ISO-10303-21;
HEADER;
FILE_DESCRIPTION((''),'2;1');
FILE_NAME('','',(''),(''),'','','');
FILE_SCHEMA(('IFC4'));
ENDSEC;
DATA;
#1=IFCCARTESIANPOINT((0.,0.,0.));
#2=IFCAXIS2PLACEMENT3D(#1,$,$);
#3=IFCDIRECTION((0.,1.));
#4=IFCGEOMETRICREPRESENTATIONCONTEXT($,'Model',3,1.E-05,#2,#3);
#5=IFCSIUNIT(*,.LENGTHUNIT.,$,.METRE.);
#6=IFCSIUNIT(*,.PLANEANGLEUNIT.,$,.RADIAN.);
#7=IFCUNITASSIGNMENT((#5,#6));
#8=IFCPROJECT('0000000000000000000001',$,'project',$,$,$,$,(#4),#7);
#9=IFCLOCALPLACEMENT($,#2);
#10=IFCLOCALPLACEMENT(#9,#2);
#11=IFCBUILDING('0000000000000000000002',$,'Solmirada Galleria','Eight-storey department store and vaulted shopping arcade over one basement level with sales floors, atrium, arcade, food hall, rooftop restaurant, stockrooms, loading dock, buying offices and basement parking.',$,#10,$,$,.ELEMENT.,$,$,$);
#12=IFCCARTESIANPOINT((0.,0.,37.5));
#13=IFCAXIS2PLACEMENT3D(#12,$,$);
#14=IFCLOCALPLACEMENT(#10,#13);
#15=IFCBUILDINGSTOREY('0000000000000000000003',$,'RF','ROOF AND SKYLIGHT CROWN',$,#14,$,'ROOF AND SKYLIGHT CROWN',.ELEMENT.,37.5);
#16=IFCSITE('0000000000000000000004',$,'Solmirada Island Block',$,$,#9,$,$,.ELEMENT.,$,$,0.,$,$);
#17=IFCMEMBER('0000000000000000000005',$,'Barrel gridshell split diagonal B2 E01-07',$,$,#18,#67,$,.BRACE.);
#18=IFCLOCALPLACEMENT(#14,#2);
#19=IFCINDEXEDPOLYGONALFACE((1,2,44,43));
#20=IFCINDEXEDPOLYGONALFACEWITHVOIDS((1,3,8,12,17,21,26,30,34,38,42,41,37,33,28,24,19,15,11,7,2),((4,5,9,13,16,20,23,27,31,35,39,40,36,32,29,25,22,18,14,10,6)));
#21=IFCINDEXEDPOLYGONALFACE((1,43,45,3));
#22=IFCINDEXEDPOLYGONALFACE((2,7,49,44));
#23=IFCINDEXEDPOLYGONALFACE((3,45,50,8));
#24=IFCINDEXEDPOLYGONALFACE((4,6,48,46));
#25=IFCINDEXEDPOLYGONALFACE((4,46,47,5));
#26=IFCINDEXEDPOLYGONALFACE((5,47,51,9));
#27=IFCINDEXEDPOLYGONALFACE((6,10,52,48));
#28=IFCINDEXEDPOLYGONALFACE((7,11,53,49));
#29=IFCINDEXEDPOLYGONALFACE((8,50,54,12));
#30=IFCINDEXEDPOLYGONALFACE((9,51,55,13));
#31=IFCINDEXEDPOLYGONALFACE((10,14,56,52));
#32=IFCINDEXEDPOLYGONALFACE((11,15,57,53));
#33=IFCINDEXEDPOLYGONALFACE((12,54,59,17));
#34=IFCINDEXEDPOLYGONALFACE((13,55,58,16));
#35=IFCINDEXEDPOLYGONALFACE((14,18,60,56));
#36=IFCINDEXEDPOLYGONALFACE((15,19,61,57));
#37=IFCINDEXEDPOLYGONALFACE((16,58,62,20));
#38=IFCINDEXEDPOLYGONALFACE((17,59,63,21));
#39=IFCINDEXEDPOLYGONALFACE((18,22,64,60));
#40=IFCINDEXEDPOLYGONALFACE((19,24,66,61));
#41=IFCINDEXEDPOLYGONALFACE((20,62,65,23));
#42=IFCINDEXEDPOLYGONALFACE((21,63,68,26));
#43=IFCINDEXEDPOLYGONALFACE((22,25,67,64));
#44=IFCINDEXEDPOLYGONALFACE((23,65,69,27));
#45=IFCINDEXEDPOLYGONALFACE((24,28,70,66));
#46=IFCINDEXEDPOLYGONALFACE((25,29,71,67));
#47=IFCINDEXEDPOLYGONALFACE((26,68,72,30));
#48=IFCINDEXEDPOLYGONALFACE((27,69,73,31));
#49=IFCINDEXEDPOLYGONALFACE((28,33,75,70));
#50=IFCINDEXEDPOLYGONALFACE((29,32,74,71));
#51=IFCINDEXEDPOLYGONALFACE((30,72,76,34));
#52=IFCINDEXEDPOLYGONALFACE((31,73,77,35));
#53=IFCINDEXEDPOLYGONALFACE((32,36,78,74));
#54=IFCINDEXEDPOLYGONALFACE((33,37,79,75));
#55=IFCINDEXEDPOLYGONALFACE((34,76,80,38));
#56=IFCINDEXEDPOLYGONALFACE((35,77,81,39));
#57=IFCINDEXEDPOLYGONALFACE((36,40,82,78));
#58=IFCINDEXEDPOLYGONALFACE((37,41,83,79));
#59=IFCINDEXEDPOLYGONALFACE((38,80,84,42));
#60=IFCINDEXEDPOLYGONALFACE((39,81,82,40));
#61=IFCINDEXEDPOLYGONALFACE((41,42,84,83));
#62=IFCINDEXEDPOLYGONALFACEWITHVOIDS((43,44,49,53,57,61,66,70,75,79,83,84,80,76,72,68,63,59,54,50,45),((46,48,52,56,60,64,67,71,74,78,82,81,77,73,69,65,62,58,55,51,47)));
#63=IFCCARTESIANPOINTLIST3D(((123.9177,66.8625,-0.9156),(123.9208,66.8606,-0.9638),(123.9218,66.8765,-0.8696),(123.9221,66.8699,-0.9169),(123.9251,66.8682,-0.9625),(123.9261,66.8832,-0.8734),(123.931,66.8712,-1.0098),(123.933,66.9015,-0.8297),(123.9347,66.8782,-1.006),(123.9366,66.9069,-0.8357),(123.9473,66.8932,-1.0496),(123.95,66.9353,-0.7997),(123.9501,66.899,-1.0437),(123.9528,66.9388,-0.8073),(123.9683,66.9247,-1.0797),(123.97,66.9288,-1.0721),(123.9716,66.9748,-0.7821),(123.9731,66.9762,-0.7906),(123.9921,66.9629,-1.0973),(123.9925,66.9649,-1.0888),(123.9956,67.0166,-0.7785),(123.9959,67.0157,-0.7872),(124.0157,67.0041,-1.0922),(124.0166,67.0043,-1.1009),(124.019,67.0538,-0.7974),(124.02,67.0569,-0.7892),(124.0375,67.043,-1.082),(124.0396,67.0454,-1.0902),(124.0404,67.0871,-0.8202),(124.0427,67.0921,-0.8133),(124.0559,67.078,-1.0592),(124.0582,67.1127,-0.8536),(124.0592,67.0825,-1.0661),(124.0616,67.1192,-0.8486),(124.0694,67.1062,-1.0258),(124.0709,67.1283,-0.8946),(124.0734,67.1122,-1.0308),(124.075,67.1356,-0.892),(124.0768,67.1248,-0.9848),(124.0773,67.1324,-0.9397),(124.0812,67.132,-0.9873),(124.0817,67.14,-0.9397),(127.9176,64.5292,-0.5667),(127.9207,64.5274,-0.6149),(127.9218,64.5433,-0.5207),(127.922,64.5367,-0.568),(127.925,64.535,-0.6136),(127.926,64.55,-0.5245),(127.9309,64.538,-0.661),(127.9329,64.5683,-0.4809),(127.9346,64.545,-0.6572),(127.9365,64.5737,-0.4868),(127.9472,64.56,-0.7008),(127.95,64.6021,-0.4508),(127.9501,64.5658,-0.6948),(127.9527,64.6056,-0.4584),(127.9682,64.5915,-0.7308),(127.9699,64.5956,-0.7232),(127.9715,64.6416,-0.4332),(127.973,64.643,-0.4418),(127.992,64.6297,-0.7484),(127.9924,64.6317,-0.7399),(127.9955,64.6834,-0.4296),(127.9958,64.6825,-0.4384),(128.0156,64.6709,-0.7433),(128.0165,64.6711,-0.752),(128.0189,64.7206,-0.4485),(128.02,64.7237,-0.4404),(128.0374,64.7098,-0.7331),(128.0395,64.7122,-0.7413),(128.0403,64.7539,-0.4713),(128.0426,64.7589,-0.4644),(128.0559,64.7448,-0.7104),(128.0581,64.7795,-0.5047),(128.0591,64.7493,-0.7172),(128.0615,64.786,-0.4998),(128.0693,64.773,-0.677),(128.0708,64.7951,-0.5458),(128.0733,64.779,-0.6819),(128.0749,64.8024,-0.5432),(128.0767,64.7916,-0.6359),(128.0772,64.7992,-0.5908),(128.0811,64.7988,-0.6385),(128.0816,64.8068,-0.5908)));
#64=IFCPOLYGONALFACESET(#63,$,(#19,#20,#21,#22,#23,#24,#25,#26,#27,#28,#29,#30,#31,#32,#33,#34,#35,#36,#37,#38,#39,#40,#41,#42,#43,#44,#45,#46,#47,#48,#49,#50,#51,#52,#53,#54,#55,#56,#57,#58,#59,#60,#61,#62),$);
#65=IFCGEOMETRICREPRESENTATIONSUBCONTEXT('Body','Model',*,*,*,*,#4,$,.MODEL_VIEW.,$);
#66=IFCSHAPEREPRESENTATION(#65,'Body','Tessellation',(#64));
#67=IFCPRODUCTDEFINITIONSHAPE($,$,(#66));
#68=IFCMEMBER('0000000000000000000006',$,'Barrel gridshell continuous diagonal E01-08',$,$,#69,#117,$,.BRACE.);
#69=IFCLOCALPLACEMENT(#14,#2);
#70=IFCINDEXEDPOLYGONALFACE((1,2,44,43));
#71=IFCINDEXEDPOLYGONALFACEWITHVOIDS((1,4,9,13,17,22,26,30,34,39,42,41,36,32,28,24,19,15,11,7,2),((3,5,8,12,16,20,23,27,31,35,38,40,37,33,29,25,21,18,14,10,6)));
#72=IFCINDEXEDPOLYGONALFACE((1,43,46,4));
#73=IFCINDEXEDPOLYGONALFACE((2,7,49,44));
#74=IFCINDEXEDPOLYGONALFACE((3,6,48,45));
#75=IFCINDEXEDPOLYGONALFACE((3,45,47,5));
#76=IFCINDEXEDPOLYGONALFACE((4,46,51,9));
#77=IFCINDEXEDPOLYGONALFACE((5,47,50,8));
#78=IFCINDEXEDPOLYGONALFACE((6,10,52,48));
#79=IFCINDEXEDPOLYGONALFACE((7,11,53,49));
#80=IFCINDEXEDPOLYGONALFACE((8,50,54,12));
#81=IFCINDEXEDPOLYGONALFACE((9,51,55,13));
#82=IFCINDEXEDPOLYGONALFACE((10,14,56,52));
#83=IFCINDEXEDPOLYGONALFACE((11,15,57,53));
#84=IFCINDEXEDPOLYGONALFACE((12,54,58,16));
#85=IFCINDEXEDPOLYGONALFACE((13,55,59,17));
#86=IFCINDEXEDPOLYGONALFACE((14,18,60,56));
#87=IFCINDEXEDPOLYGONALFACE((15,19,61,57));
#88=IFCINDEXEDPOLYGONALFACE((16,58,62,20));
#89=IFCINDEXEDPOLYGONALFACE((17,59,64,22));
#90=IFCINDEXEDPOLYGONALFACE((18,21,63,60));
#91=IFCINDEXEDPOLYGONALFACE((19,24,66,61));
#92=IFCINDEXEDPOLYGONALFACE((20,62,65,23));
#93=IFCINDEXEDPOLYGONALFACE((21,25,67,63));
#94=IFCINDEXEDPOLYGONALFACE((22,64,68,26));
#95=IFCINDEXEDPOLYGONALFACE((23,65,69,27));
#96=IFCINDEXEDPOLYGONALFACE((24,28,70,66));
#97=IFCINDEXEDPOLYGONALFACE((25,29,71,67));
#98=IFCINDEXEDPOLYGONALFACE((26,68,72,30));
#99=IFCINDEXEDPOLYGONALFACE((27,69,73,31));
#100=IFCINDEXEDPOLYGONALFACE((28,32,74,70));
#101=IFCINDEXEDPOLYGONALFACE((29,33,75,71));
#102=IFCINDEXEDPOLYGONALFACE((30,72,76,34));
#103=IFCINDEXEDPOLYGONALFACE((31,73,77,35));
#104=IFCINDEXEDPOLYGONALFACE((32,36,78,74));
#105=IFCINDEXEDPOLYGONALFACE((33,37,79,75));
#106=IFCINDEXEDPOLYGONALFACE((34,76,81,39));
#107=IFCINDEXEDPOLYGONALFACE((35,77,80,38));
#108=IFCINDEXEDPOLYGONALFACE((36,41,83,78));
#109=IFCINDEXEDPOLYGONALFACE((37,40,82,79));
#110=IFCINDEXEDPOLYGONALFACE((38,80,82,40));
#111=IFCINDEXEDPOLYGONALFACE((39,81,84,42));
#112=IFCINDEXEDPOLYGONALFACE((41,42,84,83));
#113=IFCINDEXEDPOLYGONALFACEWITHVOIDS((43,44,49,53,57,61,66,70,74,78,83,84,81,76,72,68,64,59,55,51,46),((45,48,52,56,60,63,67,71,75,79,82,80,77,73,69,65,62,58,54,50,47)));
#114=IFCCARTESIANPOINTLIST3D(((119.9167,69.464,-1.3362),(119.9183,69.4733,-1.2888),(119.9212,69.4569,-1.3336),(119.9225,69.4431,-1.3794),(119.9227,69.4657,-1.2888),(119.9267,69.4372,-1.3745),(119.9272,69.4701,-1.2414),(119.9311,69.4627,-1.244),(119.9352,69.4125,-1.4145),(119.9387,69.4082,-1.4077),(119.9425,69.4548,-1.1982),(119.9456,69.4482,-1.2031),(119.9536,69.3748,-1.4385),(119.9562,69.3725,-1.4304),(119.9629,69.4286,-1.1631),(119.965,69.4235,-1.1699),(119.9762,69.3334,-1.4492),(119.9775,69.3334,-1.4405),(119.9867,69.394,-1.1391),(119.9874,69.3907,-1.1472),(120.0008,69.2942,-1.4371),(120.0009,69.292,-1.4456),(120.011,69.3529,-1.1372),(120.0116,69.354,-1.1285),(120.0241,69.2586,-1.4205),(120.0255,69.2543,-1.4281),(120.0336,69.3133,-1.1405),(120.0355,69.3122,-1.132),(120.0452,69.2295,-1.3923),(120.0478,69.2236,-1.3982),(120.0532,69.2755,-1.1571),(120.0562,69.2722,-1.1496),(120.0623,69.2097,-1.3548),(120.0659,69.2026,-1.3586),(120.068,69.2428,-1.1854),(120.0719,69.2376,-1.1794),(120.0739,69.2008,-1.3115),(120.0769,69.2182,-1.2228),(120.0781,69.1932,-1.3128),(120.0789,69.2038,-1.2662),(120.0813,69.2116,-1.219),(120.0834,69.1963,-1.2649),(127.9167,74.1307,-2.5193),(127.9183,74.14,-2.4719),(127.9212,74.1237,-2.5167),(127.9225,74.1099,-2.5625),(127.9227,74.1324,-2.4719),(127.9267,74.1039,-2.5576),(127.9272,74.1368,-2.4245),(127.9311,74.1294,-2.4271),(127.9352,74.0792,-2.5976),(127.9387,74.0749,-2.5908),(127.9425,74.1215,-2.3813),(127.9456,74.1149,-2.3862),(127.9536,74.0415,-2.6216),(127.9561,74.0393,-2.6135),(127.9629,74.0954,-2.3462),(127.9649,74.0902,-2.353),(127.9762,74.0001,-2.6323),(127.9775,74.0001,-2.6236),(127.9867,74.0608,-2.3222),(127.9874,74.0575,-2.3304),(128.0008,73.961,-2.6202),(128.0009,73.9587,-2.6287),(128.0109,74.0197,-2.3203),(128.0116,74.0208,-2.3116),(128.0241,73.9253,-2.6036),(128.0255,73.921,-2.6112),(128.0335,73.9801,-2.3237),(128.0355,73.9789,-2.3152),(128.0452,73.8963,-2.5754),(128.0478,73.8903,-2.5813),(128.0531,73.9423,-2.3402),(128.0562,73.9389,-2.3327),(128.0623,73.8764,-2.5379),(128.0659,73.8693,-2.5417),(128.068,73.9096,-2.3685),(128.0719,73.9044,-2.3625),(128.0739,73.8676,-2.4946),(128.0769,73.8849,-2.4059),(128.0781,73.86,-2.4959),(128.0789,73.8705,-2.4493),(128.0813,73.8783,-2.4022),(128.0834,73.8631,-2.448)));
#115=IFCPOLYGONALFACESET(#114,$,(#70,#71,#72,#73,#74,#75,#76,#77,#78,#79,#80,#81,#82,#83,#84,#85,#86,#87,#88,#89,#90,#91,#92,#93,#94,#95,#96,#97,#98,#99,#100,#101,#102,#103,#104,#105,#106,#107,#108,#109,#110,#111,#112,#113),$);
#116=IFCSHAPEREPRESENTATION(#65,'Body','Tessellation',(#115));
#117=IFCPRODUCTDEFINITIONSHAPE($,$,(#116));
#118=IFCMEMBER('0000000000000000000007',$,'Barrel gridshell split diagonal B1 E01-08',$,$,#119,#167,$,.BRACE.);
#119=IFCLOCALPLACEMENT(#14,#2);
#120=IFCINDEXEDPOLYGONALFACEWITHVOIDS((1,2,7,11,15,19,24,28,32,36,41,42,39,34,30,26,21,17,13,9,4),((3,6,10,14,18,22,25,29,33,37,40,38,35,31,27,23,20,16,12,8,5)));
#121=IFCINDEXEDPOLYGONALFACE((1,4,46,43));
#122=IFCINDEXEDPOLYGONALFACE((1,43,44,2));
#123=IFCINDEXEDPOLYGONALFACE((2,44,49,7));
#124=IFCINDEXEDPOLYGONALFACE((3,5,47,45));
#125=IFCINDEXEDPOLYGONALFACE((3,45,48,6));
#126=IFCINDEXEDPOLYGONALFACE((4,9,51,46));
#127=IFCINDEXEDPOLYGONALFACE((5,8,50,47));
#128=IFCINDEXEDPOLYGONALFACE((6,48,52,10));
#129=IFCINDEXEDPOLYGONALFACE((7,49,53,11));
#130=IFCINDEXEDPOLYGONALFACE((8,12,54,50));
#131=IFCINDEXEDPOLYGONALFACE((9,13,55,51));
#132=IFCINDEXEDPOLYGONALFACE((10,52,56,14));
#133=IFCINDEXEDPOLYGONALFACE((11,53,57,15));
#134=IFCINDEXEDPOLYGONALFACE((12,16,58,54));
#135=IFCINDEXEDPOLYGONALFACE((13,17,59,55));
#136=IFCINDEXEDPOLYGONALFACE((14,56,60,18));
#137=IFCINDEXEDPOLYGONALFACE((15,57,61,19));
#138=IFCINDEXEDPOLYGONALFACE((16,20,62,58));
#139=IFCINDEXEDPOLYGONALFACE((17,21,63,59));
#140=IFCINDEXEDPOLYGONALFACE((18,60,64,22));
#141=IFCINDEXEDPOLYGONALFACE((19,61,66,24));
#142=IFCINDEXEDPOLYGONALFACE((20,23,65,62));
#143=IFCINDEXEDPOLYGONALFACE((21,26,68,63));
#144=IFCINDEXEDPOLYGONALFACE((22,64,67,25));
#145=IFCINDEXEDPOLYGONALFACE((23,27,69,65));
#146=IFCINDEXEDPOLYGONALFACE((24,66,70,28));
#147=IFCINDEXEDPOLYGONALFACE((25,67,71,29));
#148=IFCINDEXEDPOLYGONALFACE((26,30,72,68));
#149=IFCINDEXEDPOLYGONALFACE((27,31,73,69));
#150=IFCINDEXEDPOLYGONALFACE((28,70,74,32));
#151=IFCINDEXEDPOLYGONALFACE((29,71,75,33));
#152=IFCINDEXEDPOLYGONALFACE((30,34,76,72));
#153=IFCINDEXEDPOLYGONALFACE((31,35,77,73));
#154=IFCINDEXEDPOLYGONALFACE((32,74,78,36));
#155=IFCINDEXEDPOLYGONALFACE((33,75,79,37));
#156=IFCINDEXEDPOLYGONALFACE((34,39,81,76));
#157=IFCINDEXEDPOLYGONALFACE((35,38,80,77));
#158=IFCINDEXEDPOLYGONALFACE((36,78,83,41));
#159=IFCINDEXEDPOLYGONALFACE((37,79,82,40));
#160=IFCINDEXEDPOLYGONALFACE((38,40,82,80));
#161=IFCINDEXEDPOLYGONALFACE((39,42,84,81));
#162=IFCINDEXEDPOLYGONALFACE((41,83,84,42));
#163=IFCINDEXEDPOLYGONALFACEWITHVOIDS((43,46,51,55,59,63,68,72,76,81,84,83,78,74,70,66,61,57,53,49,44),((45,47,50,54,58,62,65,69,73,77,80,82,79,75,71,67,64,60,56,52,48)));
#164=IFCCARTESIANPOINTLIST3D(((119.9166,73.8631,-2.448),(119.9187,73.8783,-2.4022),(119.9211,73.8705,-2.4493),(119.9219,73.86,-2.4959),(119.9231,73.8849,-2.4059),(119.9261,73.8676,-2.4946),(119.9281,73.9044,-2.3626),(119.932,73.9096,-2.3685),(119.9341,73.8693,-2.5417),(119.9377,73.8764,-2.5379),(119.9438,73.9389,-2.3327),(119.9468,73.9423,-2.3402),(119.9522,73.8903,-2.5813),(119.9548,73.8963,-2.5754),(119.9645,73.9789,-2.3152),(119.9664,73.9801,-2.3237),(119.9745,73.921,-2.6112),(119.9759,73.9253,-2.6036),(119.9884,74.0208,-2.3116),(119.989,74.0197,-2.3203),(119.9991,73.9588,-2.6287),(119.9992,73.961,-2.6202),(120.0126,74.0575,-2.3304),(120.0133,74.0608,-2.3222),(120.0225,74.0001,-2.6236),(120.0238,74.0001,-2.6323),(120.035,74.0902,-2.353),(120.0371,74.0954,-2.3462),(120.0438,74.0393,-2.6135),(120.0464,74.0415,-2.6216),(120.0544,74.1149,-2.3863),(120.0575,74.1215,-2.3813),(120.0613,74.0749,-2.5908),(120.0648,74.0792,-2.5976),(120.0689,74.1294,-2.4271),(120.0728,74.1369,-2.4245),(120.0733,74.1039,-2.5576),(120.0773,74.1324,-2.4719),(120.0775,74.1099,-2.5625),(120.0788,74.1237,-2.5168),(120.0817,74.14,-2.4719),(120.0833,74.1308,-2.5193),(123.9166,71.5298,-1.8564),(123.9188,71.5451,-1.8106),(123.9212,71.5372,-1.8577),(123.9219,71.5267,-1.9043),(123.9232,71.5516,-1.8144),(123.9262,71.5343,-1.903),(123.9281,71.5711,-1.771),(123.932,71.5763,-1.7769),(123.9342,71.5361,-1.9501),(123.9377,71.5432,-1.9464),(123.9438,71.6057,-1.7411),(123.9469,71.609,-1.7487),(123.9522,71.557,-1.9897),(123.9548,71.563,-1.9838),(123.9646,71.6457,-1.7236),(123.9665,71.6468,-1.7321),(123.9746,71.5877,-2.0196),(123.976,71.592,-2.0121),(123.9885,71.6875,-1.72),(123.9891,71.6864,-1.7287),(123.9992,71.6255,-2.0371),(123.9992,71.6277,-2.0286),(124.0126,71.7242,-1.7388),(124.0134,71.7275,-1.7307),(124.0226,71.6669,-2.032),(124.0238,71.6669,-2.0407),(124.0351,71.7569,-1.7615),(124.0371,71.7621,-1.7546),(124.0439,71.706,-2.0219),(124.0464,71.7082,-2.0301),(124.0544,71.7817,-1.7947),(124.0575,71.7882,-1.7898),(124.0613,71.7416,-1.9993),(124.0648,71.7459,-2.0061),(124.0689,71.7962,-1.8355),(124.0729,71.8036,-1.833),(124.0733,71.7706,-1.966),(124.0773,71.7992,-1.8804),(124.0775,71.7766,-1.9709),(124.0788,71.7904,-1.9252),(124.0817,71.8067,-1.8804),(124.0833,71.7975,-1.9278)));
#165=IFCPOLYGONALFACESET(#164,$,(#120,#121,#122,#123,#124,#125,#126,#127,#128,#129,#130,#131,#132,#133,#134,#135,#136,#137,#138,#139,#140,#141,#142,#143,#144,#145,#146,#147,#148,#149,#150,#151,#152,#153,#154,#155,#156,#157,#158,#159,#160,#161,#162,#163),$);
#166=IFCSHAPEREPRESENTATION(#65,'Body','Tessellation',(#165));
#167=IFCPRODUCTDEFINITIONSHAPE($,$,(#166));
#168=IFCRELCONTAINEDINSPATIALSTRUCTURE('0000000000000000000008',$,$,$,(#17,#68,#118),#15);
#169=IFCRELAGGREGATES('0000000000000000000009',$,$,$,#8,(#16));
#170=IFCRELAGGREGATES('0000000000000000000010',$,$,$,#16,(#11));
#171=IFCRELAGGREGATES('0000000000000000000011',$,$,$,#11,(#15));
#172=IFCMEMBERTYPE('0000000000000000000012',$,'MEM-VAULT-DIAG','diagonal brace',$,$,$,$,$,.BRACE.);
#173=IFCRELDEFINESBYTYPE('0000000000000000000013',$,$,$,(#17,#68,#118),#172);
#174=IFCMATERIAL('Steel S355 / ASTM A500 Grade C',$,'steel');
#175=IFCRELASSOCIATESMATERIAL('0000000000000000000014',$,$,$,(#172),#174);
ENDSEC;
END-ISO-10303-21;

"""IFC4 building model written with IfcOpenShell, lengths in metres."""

from ifc_helpers import new_model, si_unit, direction, frame, origin, origin_2d, place, context, subcontext, project, spatial, hollow_circle, extrude, material, material_profile, profile_set, type_object, element, save


model = new_model("IFC4")

# Units and contexts
model_context = context("Model", 3, precision=1e-05, world=origin(), true_north=direction((0.0, 1.0)))
body_context = subcontext(model_context, "Body", "Model", "MODEL_VIEW")
ifc_project = project(units=[si_unit("LENGTHUNIT", "METRE"), si_unit("PLANEANGLEUNIT", "RADIAN")], contexts=[model_context])

# Site, building, storey
site_placement = place(None, origin())
site = spatial("IfcSite", under=ifc_project, at=site_placement, Name="Solmirada Island Block", CompositionType="ELEMENT", RefElevation=0.0)
building_placement = place(site_placement, origin())
building = spatial("IfcBuilding", under=site, at=building_placement, Name="Solmirada Galleria", Description="Eight-storey department store and vaulted shopping arcade over one basement level with sales floors, atrium, arcade, food hall, rooftop restaurant, stockrooms, loading dock, buying offices and basement parking.", CompositionType="ELEMENT")
storey_placement = place(building_placement, frame((0.0, 0.0, 37.5)))
storey = spatial("IfcBuildingStorey", under=building, at=storey_placement, Name="RF", Description="ROOF AND SKYLIGHT CROWN", LongName="ROOF AND SKYLIGHT CROWN", CompositionType="ELEMENT", Elevation=37.5)

# Members
ifc_material_1 = material(Name="Steel S355 / ASTM A500 Grade C", Category="steel")
ifc_material_profile_1 = material_profile(ifc_material_1, hollow_circle(Radius=0.1621, WallThickness=0.0088, at=origin_2d()), Name="HSS12.750X0.375")
ifc_profile_set_1 = profile_set([ifc_material_profile_1], Name="Steel S355 / ASTM A500 Grade C")
member_type_1 = type_object("IfcMemberType", Name="MEM-VAULT-DIAG", Description="diagonal brace", PredefinedType="BRACE", material=ifc_profile_set_1)
for number, where, z_axis, x_axis, name in (
    (1, (124.0, 67.0, -0.9397), (0.861346, -0.502434, 0.075126), (0.503858, 0.863787, 0.0), "Barrel gridshell split diagonal B2 E01-07"),
):
    element("IfcMember", number, at=place(storey_placement, frame(where, z_axis=z_axis, x_axis=x_axis)), inside=storey, type_object=member_type_1, Name=name, PredefinedType="BRACE", context=body_context, shape_type="SweptSolid", body=[
        extrude(hollow_circle(Radius=0.1621, WallThickness=0.0088, at=origin_2d()), origin(), (0.0, 0.0, 1.0), 4.6438),
    ])
member_1_placement = place(storey_placement, frame((120.0, 69.3333, -1.2888), z_axis=(0.856813, 0.499816, -0.126712), x_axis=(-0.503878, 0.863775, 0.0)))
element("IfcMember", 2, at=member_1_placement, inside=storey, type_object=member_type_1, Name="Barrel gridshell continuous diagonal E01-08", PredefinedType="BRACE", context=body_context, shape_type="SweptSolid", body=[
    extrude(hollow_circle(Radius=0.1621, WallThickness=0.0088, at=origin_2d()), origin(), (0.0, 0.0, 1.0), 9.3369),
])
for number, where, z_axis, x_axis, name in (
    (3, (120.0, 74.0, -2.4719), (0.856824, -0.499796, 0.126714), (0.503858, 0.863787, 0.0), "Barrel gridshell split diagonal B1 E01-08"),
):
    element("IfcMember", number, at=place(storey_placement, frame(where, z_axis=z_axis, x_axis=x_axis)), inside=storey, type_object=member_type_1, Name=name, PredefinedType="BRACE", context=body_context, shape_type="SweptSolid", body=[
        extrude(hollow_circle(Radius=0.1621, WallThickness=0.0088, at=origin_2d()), origin(), (0.0, 0.0, 1.0), 4.6685),
    ])

save(model, "model.ifc")
